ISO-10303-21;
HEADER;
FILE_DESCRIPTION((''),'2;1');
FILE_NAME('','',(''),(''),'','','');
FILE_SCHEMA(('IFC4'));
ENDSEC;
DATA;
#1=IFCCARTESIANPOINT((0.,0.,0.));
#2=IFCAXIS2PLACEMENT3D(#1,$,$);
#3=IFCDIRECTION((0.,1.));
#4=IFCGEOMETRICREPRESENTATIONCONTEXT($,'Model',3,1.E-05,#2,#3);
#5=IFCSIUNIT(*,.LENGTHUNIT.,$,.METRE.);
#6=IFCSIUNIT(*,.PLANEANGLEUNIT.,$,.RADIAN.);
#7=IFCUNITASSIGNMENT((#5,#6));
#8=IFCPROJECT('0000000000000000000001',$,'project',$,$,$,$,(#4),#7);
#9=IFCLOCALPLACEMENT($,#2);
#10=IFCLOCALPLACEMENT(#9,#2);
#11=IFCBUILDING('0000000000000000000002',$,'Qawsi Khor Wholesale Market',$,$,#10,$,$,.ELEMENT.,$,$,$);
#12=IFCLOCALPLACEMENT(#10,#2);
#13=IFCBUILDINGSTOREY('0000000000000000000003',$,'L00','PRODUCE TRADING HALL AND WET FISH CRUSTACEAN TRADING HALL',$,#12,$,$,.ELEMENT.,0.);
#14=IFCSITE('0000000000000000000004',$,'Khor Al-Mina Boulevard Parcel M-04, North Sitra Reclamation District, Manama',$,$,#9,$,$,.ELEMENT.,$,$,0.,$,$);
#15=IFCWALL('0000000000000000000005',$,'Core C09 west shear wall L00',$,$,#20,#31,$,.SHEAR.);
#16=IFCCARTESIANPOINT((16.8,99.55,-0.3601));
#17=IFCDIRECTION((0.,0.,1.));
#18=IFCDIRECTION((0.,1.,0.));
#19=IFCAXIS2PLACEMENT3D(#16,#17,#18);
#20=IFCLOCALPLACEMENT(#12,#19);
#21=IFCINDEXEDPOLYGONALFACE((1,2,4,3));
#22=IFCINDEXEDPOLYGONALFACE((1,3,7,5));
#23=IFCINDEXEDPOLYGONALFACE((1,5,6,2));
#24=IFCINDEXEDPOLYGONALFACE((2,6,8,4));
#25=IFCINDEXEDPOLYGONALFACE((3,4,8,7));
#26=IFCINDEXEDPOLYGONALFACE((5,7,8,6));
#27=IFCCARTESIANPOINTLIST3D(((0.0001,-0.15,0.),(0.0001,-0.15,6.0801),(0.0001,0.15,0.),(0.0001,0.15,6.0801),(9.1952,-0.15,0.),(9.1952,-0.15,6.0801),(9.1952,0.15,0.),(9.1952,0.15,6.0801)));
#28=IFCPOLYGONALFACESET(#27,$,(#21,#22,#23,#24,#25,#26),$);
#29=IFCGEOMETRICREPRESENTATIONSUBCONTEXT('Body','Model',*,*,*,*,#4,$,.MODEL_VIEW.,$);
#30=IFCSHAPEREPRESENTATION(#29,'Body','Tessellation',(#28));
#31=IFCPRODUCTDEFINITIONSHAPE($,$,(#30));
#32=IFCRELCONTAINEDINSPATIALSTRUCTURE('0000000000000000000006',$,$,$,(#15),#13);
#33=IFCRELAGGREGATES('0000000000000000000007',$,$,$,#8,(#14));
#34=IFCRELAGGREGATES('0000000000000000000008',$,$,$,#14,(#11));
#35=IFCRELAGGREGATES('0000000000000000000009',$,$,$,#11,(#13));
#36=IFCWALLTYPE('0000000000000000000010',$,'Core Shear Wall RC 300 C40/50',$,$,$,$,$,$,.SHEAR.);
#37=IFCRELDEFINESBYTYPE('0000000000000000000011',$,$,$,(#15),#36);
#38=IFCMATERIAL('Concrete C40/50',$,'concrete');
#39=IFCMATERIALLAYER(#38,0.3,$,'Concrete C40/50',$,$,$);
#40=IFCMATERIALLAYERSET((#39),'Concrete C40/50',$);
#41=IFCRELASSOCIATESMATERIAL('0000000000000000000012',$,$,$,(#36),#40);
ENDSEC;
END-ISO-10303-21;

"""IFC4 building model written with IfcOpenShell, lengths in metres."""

from ifc_helpers import new_model, si_unit, direction, frame, frame_2d, origin, place, context, subcontext, project, spatial, rectangle, extrude, material, layer, layer_set, type_object, element, save


model = new_model("IFC4")

# Units and contexts
model_context = context("Model", 3, precision=1e-05, world=origin(), true_north=direction((0.0, 1.0)))
body_context = subcontext(model_context, "Body", "Model", "MODEL_VIEW")
ifc_project = project(units=[si_unit("LENGTHUNIT", "METRE"), si_unit("PLANEANGLEUNIT", "RADIAN")], contexts=[model_context])

# Site, building, storey
site_placement = place(None, origin())
site = spatial("IfcSite", under=ifc_project, at=site_placement, Name="Khor Al-Mina Boulevard Parcel M-04, North Sitra Reclamation District, Manama", CompositionType="ELEMENT", RefElevation=0.0)
building_placement = place(site_placement, origin())
building = spatial("IfcBuilding", under=site, at=building_placement, Name="Qawsi Khor Wholesale Market", CompositionType="ELEMENT")
storey_placement = place(building_placement, origin())
storey = spatial("IfcBuildingStorey", under=building, at=storey_placement, Name="L00", Description="PRODUCE TRADING HALL AND WET FISH CRUSTACEAN TRADING HALL", CompositionType="ELEMENT", Elevation=0.0)

# Shared definitions
ifc_material_1 = material(Name="Concrete C40/50", Category="concrete")

# Wall
ifc_layer_1 = layer(ifc_material_1, 0.3, Name="Concrete C40/50")
ifc_layer_set_1 = layer_set([ifc_layer_1], Name="Concrete C40/50")
wall_type_1 = type_object("IfcWallType", Name="Core Shear Wall RC 300 C40/50", PredefinedType="SHEAR", material=ifc_layer_set_1)
wall_1_placement = place(storey_placement, frame((16.8, 99.55, -0.3601), z_axis=(0.0, 0.0, 1.0), x_axis=(0.0, 1.0, 0.0)))
element("IfcWall", 1, at=wall_1_placement, inside=storey, type_object=wall_type_1, Name="Core C09 west shear wall L00", PredefinedType="SHEAR", context=body_context, shape_type="SweptSolid", body=[
    extrude(rectangle(XDim=9.1951, YDim=0.3, at=frame_2d((4.5977, 0.0))), origin(), (0.0, 0.0, 1.0), 6.0801),
])

save(model, "model.ifc")
